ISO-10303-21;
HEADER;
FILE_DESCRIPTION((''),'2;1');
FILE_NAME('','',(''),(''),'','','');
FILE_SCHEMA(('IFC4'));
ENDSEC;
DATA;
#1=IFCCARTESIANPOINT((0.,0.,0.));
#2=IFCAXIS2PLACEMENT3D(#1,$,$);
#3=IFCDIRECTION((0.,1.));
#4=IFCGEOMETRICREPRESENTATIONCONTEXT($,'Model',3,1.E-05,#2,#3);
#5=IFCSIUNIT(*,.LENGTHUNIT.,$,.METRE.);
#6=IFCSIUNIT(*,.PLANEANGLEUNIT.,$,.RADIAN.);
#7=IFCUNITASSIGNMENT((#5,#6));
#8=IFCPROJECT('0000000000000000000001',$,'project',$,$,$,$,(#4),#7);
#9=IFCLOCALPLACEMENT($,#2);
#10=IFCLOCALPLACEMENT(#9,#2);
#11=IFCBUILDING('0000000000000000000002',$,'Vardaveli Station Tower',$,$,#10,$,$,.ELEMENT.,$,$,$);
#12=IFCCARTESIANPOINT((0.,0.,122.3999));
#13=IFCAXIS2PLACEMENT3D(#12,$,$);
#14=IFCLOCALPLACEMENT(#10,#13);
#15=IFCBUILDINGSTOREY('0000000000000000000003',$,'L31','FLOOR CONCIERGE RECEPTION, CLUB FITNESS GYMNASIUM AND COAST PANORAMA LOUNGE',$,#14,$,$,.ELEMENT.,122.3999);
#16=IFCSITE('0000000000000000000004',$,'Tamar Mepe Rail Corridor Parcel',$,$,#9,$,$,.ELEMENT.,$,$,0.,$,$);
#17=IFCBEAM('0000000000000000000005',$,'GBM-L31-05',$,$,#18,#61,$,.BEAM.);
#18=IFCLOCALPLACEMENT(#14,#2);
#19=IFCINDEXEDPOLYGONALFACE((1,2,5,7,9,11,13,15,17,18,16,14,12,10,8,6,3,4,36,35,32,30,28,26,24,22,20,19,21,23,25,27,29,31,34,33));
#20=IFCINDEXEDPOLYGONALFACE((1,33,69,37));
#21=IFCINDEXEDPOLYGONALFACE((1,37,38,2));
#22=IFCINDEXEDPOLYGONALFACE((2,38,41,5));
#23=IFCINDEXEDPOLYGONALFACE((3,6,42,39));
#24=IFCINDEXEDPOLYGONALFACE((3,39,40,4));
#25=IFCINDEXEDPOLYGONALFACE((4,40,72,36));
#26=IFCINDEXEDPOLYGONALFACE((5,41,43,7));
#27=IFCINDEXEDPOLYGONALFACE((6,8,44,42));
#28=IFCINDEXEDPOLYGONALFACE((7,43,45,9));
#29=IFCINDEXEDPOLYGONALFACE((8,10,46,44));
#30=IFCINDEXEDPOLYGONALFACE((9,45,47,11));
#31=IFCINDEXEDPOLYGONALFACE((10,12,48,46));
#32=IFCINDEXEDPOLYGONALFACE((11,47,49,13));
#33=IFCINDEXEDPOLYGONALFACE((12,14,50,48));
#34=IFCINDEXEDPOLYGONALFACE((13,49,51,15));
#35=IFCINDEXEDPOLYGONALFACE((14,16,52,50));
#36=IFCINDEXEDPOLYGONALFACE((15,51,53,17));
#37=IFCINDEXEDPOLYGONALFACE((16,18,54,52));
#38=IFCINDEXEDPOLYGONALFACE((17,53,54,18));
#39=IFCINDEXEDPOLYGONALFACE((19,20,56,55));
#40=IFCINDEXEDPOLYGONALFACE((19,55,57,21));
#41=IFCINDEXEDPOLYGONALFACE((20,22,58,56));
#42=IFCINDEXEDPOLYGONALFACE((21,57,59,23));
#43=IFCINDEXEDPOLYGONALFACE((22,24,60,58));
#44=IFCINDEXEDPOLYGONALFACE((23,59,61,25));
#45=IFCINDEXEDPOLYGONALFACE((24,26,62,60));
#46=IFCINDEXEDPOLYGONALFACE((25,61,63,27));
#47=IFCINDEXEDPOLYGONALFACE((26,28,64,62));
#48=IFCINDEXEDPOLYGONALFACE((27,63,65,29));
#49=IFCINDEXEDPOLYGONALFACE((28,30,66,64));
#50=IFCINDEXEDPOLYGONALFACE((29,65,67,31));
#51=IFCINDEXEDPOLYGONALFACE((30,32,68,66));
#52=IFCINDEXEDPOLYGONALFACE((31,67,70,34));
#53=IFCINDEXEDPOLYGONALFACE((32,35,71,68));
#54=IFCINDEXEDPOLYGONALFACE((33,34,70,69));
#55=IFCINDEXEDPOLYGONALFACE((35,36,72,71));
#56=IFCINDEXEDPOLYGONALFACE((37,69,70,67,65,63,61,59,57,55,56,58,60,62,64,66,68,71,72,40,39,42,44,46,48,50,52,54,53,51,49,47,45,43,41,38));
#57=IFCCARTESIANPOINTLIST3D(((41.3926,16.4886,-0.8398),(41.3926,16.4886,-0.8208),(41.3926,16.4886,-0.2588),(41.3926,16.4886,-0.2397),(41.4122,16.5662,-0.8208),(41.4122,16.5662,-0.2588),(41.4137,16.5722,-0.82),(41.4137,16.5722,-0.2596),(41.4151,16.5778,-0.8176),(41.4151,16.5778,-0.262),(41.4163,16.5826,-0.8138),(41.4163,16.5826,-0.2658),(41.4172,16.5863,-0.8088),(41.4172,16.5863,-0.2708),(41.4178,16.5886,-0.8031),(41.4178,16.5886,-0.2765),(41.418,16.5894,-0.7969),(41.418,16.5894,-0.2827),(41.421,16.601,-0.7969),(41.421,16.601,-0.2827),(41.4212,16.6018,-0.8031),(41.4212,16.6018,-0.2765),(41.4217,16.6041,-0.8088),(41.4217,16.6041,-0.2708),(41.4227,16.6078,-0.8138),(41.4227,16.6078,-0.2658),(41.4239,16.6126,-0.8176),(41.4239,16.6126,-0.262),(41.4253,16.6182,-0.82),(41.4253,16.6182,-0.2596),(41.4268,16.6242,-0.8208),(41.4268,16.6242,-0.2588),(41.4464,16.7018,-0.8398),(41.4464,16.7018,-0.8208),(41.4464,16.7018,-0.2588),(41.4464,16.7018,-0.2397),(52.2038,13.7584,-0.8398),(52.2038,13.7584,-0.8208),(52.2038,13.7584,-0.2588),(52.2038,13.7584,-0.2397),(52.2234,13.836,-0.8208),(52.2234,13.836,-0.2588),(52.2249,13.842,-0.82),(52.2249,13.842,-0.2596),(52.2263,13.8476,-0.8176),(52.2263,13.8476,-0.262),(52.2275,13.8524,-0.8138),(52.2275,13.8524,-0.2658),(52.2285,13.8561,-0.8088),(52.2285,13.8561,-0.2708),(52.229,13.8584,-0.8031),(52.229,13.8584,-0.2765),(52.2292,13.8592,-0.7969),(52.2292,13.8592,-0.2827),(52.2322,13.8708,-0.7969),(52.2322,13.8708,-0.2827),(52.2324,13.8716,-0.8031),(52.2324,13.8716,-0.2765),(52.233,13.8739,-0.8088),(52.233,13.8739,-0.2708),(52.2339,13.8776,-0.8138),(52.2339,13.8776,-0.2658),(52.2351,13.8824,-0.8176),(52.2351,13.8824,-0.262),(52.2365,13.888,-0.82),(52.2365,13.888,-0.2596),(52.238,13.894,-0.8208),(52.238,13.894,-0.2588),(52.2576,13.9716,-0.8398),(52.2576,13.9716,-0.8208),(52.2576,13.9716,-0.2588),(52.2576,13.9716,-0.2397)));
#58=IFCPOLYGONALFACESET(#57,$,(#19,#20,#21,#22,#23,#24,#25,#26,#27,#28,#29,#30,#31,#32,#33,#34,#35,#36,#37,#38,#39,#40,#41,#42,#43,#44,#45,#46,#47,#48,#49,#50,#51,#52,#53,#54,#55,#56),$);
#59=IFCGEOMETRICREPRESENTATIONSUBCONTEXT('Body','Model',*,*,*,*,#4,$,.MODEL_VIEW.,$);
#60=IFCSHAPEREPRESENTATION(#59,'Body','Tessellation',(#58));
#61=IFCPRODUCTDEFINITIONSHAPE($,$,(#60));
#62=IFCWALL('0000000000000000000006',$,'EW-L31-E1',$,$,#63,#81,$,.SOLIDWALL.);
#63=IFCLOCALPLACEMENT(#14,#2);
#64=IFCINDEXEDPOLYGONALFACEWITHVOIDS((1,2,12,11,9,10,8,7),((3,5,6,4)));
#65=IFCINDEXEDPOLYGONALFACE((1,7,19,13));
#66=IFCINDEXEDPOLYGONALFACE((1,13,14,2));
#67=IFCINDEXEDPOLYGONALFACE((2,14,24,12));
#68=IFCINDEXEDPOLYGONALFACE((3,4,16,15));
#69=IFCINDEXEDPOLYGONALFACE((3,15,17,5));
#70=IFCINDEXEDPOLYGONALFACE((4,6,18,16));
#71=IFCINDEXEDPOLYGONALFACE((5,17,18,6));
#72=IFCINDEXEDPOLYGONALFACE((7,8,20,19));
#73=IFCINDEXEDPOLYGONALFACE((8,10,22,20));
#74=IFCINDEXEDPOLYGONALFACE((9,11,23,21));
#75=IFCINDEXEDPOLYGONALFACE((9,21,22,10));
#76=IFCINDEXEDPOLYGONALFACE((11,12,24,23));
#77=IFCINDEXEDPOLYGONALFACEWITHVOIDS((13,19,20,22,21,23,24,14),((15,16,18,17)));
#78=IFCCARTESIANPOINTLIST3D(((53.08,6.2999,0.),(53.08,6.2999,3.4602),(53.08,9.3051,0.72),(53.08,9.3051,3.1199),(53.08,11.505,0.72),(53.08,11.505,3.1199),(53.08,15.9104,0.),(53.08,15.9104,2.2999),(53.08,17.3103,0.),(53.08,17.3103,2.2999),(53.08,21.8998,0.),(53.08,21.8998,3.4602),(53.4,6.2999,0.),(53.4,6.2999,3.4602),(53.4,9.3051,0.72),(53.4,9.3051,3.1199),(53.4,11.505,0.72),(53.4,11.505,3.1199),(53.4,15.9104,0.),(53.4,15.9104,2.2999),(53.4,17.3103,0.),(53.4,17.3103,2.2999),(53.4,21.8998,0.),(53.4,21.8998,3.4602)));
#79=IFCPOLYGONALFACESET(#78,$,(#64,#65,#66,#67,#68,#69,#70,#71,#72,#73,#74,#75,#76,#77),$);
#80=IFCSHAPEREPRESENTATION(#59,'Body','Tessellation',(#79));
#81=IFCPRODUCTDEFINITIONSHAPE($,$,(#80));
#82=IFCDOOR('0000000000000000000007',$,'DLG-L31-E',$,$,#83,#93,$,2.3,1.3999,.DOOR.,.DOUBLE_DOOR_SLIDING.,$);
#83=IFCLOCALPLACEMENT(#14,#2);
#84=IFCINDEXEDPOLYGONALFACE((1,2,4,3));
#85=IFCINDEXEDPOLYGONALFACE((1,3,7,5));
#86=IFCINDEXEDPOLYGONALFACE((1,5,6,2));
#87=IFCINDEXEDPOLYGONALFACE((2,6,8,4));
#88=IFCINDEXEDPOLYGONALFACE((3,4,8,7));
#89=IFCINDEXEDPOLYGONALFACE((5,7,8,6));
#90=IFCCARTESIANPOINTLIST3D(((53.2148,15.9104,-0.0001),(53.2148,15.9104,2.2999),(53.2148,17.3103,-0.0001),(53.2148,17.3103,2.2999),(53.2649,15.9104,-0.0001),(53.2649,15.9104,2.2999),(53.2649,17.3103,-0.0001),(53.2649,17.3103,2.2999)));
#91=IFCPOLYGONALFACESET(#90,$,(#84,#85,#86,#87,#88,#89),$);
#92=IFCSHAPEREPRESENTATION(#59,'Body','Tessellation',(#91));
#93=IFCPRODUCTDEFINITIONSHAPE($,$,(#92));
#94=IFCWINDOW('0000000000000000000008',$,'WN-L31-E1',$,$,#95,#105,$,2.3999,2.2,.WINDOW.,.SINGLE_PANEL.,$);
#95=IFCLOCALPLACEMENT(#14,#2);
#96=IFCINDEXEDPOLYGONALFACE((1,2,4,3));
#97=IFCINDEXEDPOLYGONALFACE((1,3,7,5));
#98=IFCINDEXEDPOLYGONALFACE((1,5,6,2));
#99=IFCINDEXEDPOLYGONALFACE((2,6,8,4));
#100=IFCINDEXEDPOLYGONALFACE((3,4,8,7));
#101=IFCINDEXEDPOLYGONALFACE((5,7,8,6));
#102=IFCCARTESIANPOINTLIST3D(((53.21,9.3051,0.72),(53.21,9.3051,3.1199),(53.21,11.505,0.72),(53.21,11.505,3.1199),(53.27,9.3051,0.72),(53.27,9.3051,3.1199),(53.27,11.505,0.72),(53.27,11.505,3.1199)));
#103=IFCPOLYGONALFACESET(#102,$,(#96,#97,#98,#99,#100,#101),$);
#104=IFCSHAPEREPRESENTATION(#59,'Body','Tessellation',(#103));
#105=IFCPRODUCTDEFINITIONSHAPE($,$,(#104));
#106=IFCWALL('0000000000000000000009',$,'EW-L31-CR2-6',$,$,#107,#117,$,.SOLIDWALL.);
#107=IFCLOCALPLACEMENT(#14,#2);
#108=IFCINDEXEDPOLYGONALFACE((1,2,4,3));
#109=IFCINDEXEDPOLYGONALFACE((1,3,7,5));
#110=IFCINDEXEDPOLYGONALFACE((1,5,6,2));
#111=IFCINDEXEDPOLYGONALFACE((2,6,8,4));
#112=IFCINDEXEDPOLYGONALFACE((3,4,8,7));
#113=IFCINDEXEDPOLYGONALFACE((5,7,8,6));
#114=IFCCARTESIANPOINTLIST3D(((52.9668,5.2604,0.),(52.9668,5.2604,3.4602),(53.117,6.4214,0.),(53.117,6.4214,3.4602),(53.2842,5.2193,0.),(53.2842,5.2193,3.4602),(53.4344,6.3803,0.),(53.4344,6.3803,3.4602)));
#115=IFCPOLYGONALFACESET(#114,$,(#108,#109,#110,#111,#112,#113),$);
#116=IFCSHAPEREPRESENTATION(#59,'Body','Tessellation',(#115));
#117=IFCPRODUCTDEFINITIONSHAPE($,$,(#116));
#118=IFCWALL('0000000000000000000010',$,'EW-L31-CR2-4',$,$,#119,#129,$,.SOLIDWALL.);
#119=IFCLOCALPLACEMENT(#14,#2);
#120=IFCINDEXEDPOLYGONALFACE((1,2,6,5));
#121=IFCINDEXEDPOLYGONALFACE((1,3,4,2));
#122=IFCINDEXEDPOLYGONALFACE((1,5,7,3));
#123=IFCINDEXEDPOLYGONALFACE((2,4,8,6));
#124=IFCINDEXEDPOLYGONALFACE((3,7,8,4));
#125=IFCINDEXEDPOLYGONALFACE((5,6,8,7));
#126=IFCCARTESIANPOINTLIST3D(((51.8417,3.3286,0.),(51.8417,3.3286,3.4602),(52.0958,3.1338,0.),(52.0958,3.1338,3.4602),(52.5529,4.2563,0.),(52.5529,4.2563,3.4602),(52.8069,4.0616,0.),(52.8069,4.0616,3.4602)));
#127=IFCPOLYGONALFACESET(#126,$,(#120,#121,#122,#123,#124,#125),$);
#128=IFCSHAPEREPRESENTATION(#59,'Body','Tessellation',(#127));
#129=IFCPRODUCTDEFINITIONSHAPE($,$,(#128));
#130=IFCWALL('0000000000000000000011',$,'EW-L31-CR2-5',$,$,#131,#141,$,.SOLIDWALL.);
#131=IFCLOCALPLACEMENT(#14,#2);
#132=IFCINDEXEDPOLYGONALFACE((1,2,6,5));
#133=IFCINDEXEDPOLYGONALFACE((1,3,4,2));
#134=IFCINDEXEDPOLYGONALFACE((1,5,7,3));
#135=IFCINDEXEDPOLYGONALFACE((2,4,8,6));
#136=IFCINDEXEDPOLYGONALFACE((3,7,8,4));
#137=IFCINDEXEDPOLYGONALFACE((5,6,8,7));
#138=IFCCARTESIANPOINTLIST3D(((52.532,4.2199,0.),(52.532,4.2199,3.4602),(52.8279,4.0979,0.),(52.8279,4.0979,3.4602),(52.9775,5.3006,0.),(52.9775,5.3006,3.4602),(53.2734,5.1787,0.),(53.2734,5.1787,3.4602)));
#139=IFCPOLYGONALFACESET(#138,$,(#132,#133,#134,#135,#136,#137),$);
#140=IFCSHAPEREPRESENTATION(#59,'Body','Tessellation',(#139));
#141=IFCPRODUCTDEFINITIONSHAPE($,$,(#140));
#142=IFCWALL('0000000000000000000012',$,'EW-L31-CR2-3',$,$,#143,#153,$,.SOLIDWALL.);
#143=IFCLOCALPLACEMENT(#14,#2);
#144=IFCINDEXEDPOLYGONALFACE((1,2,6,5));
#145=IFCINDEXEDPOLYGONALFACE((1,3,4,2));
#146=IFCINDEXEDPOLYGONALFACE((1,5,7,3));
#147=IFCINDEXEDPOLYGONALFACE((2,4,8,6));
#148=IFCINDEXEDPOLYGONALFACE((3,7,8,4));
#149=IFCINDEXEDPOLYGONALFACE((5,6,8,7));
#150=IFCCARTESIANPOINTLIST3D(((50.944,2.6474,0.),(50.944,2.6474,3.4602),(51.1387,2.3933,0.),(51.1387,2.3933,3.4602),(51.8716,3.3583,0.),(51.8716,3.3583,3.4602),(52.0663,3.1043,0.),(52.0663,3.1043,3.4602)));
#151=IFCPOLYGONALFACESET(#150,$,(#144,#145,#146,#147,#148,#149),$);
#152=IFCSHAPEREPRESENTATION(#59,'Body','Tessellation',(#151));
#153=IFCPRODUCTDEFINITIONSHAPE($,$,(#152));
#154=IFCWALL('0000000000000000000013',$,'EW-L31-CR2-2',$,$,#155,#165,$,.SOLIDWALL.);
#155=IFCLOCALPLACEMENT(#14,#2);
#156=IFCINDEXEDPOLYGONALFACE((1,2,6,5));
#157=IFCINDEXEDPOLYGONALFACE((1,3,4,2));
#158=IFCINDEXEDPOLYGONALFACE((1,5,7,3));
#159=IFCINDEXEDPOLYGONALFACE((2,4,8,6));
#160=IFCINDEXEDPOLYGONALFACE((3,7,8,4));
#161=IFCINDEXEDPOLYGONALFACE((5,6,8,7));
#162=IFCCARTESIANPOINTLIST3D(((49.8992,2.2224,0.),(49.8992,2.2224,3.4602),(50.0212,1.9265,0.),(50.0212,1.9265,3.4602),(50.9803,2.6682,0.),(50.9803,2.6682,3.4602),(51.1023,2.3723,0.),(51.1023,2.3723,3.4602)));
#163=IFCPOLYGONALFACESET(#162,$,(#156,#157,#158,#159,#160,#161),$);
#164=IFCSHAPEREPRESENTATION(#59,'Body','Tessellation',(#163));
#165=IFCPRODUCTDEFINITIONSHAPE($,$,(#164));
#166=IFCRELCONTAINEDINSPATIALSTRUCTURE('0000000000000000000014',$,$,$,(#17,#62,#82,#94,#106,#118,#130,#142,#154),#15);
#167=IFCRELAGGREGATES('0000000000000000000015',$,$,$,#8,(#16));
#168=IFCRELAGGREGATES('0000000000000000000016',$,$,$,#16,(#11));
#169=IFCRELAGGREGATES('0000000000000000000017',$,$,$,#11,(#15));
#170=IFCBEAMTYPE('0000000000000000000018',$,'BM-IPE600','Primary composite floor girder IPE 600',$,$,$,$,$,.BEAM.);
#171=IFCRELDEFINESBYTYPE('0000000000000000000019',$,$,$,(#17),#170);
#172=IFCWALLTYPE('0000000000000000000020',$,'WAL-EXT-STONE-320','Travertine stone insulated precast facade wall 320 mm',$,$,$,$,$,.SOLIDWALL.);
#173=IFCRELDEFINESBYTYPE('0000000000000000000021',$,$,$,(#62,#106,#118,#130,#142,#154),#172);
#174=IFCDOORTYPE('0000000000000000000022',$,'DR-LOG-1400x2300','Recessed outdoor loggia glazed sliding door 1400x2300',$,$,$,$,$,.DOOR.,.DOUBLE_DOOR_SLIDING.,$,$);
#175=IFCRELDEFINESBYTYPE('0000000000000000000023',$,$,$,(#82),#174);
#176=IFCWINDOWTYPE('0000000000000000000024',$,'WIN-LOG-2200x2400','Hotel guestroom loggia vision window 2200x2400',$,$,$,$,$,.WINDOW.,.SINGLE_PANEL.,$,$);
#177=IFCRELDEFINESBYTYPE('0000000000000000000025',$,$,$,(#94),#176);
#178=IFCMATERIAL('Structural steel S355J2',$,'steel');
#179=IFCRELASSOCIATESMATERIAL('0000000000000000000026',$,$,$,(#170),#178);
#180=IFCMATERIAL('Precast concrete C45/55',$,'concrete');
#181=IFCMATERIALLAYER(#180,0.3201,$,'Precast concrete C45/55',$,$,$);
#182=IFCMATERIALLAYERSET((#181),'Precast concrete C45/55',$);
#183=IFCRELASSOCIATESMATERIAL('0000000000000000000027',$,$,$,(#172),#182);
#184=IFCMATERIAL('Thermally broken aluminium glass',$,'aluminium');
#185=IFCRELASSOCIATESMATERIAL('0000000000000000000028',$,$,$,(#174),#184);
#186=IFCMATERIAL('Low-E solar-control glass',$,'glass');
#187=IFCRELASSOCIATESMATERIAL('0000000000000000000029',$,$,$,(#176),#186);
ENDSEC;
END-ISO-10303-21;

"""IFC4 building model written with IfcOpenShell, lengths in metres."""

from ifc_helpers import new_model, si_unit, direction, frame, frame_2d, origin, origin_2d, place, context, subcontext, project, spatial, rectangle, i_section, extrude, source, transform, mapped, material, layer, layer_set, material_profile, profile_set, type_object, element, fill, save


model = new_model("IFC4")

# Units and contexts
model_context = context("Model", 3, precision=1e-05, world=origin(), true_north=direction((0.0, 1.0)))
body_context = subcontext(model_context, "Body", "Model", "MODEL_VIEW")
ifc_project = project(units=[si_unit("LENGTHUNIT", "METRE"), si_unit("PLANEANGLEUNIT", "RADIAN")], contexts=[model_context])

# Site, building, storey
site_placement = place(None, origin())
site = spatial("IfcSite", under=ifc_project, at=site_placement, Name="Tamar Mepe Rail Corridor Parcel", CompositionType="ELEMENT", RefElevation=0.0)
building_placement = place(site_placement, origin())
building = spatial("IfcBuilding", under=site, at=building_placement, Name="Vardaveli Station Tower", CompositionType="ELEMENT")
storey_placement = place(building_placement, frame((0.0, 0.0, 122.3999)))
storey = spatial("IfcBuildingStorey", under=building, at=storey_placement, Name="L31", Description="FLOOR CONCIERGE RECEPTION, CLUB FITNESS GYMNASIUM AND COAST PANORAMA LOUNGE", CompositionType="ELEMENT", Elevation=122.3999)

# Beam
ifc_material_1 = material(Name="Precast concrete C45/55", Category="concrete")
ifc_material_2 = material(Name="Structural steel S355J2", Category="steel")
ifc_material_profile_1 = material_profile(ifc_material_2, i_section(OverallWidth=0.22, OverallDepth=0.6001, WebThickness=0.012, FlangeThickness=0.019, FilletRadius=0.0239, at=origin_2d()), Name="IPE 600")
ifc_profile_set_1 = profile_set([ifc_material_profile_1], Name="Structural steel S355J2")
beam_type_1 = type_object("IfcBeamType", Name="BM-IPE600", Description="Primary composite floor girder IPE 600", PredefinedType="BEAM", material=ifc_profile_set_1)
shared_shape_1 = source(origin(), body_context, "Body", "SweptSolid", [
    extrude(i_section(OverallWidth=0.22, OverallDepth=0.6001, WebThickness=0.012, FlangeThickness=0.019, FilletRadius=0.0239, at=origin_2d()), origin(), (0.0, 0.0, 1.0), 11.1506),
])
beam_1_placement = place(storey_placement, frame((52.2307, 13.865, -0.5398), z_axis=(-0.969561, 0.244848, 0.0), x_axis=(-0.244848, -0.969561, 0.0)))
element("IfcBeam", 1, at=beam_1_placement, inside=storey, type_object=beam_type_1, Name="GBM-L31-05", PredefinedType="BEAM", context=body_context, shape_type="MappedRepresentation", body=[
    mapped(shared_shape_1, transform((0.0, 0.0, 0.0), scale=1.0)),
])

# Wall, openings, door, window
ifc_layer_1 = layer(ifc_material_1, 0.3201, Name="Precast concrete C45/55")
ifc_layer_set_1 = layer_set([ifc_layer_1], Name="Precast concrete C45/55")
wall_type_1 = type_object("IfcWallType", Name="WAL-EXT-STONE-320", Description="Travertine stone insulated precast facade wall 320 mm", PredefinedType="SOLIDWALL", material=ifc_layer_set_1)
shared_shape_2 = source(origin(), body_context, "Body", "SweptSolid", [
    extrude(rectangle(XDim=15.5999, YDim=0.3201, at=frame_2d((7.7998, 0.0))), origin(), (0.0, 0.0, 1.0), 3.4602),
])
wall_1_placement = place(storey_placement, frame((53.24, 6.3, 0.0), z_axis=(0.0, 0.0, 1.0), x_axis=(0.0, 1.0, 0.0)))
wall_1 = element("IfcWall", 2, at=wall_1_placement, inside=storey, type_object=wall_type_1, Name="EW-L31-E1", PredefinedType="SOLIDWALL", context=body_context, shape_type="MappedRepresentation", body=[
    mapped(shared_shape_2, transform((0.0, 0.0, 0.0), scale=1.0)),
])
shared_shape_3 = source(origin(), body_context, "Body", "SweptSolid", [
    extrude(rectangle(XDim=1.3999, YDim=2.3, at=frame_2d((0.7, 1.1499))), frame((0.0, 0.1699, 0.0), z_axis=(0.0, -1.0, 0.0), x_axis=(1.0, 0.0, 0.0)), (0.0, 0.0, 1.0), 0.3401),
])
opening_1_placement = place(wall_1_placement, frame((9.6104, 0.0, 0.0)))
opening_1 = element("IfcOpeningElement", 3, at=opening_1_placement, cuts=wall_1, PredefinedType="OPENING", context=body_context, shape_type="MappedRepresentation", body=[
    mapped(shared_shape_3, transform((0.0, 0.0, 0.0), scale=1.0)),
])
shared_shape_4 = source(origin(), body_context, "Body", "SweptSolid", [
    extrude(rectangle(XDim=2.2, YDim=2.3999, at=frame_2d((1.1001, 1.2))), frame((0.0, 0.1699, 0.0), z_axis=(0.0, -1.0, 0.0), x_axis=(1.0, 0.0, 0.0)), (0.0, 0.0, 1.0), 0.3401),
])
opening_2_placement = place(wall_1_placement, frame((3.0049, 0.0, 0.72)))
opening_2 = element("IfcOpeningElement", 4, at=opening_2_placement, cuts=wall_1, PredefinedType="OPENING", context=body_context, shape_type="MappedRepresentation", body=[
    mapped(shared_shape_4, transform((0.0, 0.0, 0.0), scale=1.0)),
])
ifc_material_3 = material(Name="Thermally broken aluminium glass", Category="aluminium")
door_type = type_object("IfcDoorType", Name="DR-LOG-1400x2300", Description="Recessed outdoor loggia glazed sliding door 1400x2300", OperationType="DOUBLE_DOOR_SLIDING", PredefinedType="DOOR", material=ifc_material_3)
shared_shape_5 = source(origin(), body_context, "Body", "SweptSolid", [
    extrude(rectangle(XDim=1.3999, YDim=2.3, at=frame_2d((0.7, 1.1499))), frame((0.0, 0.0249, 0.0), z_axis=(0.0, -1.0, 0.0), x_axis=(1.0, 0.0, 0.0)), (0.0, 0.0, 1.0), 0.05),
])
door_placement = place(opening_1_placement, frame((1.3999, 0.0, 0.0), z_axis=(0.0, 0.0, 1.0), x_axis=(-1.0, 0.0, 0.0)))
door = element("IfcDoor", 5, at=door_placement, inside=storey, type_object=door_type, Name="DLG-L31-E", OperationType="DOUBLE_DOOR_SLIDING", OverallHeight=2.3, OverallWidth=1.3999, PredefinedType="DOOR", context=body_context, shape_type="MappedRepresentation", body=[
    mapped(shared_shape_5, transform((0.0, 0.0, 0.0), scale=1.0)),
])
fill(opening_1, door)
ifc_material_4 = material(Name="Low-E solar-control glass", Category="glass")
window_type = type_object("IfcWindowType", Name="WIN-LOG-2200x2400", Description="Hotel guestroom loggia vision window 2200x2400", PartitioningType="SINGLE_PANEL", PredefinedType="WINDOW", material=ifc_material_4)
shared_shape_6 = source(origin(), body_context, "Body", "SweptSolid", [
    extrude(rectangle(XDim=2.2, YDim=2.3999, at=frame_2d((1.1001, 1.2))), frame((0.0, 0.03, 0.0), z_axis=(0.0, -1.0, 0.0), x_axis=(1.0, 0.0, 0.0)), (0.0, 0.0, 1.0), 0.0601),
])
window_placement = place(opening_2_placement, origin())
window = element("IfcWindow", 6, at=window_placement, inside=storey, type_object=window_type, Name="WN-L31-E1", OverallHeight=2.3999, OverallWidth=2.2, PartitioningType="SINGLE_PANEL", PredefinedType="WINDOW", context=body_context, shape_type="MappedRepresentation", body=[
    mapped(shared_shape_6, transform((0.0, 0.0, 0.0), scale=1.0)),
])
fill(opening_2, window)

# Walls
shared_shape_7 = source(origin(), body_context, "Body", "SweptSolid", [
    extrude(rectangle(XDim=1.1707, YDim=0.3201, at=frame_2d((0.5854, 0.0))), origin(), (0.0, 0.0, 1.0), 3.4602),
])
wall_2_placement = place(storey_placement, frame((53.1255, 5.2397, 0.0), z_axis=(0.0, 0.0, 1.0), x_axis=(0.128269, 0.991739, 0.0)))
element("IfcWall", 7, at=wall_2_placement, inside=storey, type_object=wall_type_1, Name="EW-L31-CR2-6", PredefinedType="SOLIDWALL", context=body_context, shape_type="MappedRepresentation", body=[
    mapped(shared_shape_7, transform((0.0, 0.0, 0.0), scale=1.0)),
])
shared_shape_8 = source(origin(), body_context, "Body", "SweptSolid", [
    extrude(rectangle(XDim=1.1689, YDim=0.3201, at=frame_2d((0.5845, 0.0))), origin(), (0.0, 0.0, 1.0), 3.4602),
])
for number, where, z_axis, x_axis, name in (
    (8, (51.9688, 3.2312, 0.0), (0.0, 0.0, 1.0), (0.608388, 0.79364, 0.0), "EW-L31-CR2-4"),
    (9, (52.6799, 4.1589, 0.0), (0.0, 0.0, 1.0), (0.381128, 0.924522, 0.0), "EW-L31-CR2-5"),
):
    element("IfcWall", number, at=place(storey_placement, frame(where, z_axis=z_axis, x_axis=x_axis)), inside=storey, type_object=wall_type_1, Name=name, PredefinedType="SOLIDWALL", context=body_context, shape_type="MappedRepresentation", body=[
        mapped(shared_shape_8, transform((0.0, 0.0, 0.0), scale=1.0)),
    ])
shared_shape_9 = source(origin(), body_context, "Body", "SweptSolid", [
    extrude(rectangle(XDim=1.1687, YDim=0.3201, at=frame_2d((0.5845, 0.0))), origin(), (0.0, 0.0, 1.0), 3.4602),
])
wall_3_placement = place(storey_placement, frame((51.0413, 2.5203, 0.0), z_axis=(0.0, 0.0, 1.0), x_axis=(0.793664, 0.608357, 0.0)))
element("IfcWall", 10, at=wall_3_placement, inside=storey, type_object=wall_type_1, Name="EW-L31-CR2-3", PredefinedType="SOLIDWALL", context=body_context, shape_type="MappedRepresentation", body=[
    mapped(shared_shape_9, transform((0.0, 0.0, 0.0), scale=1.0)),
])
shared_shape_10 = source(origin(), body_context, "Body", "SweptSolid", [
    extrude(rectangle(XDim=1.1694, YDim=0.3201, at=frame_2d((0.5847, 0.0))), origin(), (0.0, 0.0, 1.0), 3.4602),
])
wall_4_placement = place(storey_placement, frame((49.9602, 2.0745, 0.0), z_axis=(0.0, 0.0, 1.0), x_axis=(0.924479, 0.381233, 0.0)))
element("IfcWall", 11, at=wall_4_placement, inside=storey, type_object=wall_type_1, Name="EW-L31-CR2-2", PredefinedType="SOLIDWALL", context=body_context, shape_type="MappedRepresentation", body=[
    mapped(shared_shape_10, transform((0.0, 0.0, 0.0), scale=1.0)),
])

save(model, "model.ifc")
